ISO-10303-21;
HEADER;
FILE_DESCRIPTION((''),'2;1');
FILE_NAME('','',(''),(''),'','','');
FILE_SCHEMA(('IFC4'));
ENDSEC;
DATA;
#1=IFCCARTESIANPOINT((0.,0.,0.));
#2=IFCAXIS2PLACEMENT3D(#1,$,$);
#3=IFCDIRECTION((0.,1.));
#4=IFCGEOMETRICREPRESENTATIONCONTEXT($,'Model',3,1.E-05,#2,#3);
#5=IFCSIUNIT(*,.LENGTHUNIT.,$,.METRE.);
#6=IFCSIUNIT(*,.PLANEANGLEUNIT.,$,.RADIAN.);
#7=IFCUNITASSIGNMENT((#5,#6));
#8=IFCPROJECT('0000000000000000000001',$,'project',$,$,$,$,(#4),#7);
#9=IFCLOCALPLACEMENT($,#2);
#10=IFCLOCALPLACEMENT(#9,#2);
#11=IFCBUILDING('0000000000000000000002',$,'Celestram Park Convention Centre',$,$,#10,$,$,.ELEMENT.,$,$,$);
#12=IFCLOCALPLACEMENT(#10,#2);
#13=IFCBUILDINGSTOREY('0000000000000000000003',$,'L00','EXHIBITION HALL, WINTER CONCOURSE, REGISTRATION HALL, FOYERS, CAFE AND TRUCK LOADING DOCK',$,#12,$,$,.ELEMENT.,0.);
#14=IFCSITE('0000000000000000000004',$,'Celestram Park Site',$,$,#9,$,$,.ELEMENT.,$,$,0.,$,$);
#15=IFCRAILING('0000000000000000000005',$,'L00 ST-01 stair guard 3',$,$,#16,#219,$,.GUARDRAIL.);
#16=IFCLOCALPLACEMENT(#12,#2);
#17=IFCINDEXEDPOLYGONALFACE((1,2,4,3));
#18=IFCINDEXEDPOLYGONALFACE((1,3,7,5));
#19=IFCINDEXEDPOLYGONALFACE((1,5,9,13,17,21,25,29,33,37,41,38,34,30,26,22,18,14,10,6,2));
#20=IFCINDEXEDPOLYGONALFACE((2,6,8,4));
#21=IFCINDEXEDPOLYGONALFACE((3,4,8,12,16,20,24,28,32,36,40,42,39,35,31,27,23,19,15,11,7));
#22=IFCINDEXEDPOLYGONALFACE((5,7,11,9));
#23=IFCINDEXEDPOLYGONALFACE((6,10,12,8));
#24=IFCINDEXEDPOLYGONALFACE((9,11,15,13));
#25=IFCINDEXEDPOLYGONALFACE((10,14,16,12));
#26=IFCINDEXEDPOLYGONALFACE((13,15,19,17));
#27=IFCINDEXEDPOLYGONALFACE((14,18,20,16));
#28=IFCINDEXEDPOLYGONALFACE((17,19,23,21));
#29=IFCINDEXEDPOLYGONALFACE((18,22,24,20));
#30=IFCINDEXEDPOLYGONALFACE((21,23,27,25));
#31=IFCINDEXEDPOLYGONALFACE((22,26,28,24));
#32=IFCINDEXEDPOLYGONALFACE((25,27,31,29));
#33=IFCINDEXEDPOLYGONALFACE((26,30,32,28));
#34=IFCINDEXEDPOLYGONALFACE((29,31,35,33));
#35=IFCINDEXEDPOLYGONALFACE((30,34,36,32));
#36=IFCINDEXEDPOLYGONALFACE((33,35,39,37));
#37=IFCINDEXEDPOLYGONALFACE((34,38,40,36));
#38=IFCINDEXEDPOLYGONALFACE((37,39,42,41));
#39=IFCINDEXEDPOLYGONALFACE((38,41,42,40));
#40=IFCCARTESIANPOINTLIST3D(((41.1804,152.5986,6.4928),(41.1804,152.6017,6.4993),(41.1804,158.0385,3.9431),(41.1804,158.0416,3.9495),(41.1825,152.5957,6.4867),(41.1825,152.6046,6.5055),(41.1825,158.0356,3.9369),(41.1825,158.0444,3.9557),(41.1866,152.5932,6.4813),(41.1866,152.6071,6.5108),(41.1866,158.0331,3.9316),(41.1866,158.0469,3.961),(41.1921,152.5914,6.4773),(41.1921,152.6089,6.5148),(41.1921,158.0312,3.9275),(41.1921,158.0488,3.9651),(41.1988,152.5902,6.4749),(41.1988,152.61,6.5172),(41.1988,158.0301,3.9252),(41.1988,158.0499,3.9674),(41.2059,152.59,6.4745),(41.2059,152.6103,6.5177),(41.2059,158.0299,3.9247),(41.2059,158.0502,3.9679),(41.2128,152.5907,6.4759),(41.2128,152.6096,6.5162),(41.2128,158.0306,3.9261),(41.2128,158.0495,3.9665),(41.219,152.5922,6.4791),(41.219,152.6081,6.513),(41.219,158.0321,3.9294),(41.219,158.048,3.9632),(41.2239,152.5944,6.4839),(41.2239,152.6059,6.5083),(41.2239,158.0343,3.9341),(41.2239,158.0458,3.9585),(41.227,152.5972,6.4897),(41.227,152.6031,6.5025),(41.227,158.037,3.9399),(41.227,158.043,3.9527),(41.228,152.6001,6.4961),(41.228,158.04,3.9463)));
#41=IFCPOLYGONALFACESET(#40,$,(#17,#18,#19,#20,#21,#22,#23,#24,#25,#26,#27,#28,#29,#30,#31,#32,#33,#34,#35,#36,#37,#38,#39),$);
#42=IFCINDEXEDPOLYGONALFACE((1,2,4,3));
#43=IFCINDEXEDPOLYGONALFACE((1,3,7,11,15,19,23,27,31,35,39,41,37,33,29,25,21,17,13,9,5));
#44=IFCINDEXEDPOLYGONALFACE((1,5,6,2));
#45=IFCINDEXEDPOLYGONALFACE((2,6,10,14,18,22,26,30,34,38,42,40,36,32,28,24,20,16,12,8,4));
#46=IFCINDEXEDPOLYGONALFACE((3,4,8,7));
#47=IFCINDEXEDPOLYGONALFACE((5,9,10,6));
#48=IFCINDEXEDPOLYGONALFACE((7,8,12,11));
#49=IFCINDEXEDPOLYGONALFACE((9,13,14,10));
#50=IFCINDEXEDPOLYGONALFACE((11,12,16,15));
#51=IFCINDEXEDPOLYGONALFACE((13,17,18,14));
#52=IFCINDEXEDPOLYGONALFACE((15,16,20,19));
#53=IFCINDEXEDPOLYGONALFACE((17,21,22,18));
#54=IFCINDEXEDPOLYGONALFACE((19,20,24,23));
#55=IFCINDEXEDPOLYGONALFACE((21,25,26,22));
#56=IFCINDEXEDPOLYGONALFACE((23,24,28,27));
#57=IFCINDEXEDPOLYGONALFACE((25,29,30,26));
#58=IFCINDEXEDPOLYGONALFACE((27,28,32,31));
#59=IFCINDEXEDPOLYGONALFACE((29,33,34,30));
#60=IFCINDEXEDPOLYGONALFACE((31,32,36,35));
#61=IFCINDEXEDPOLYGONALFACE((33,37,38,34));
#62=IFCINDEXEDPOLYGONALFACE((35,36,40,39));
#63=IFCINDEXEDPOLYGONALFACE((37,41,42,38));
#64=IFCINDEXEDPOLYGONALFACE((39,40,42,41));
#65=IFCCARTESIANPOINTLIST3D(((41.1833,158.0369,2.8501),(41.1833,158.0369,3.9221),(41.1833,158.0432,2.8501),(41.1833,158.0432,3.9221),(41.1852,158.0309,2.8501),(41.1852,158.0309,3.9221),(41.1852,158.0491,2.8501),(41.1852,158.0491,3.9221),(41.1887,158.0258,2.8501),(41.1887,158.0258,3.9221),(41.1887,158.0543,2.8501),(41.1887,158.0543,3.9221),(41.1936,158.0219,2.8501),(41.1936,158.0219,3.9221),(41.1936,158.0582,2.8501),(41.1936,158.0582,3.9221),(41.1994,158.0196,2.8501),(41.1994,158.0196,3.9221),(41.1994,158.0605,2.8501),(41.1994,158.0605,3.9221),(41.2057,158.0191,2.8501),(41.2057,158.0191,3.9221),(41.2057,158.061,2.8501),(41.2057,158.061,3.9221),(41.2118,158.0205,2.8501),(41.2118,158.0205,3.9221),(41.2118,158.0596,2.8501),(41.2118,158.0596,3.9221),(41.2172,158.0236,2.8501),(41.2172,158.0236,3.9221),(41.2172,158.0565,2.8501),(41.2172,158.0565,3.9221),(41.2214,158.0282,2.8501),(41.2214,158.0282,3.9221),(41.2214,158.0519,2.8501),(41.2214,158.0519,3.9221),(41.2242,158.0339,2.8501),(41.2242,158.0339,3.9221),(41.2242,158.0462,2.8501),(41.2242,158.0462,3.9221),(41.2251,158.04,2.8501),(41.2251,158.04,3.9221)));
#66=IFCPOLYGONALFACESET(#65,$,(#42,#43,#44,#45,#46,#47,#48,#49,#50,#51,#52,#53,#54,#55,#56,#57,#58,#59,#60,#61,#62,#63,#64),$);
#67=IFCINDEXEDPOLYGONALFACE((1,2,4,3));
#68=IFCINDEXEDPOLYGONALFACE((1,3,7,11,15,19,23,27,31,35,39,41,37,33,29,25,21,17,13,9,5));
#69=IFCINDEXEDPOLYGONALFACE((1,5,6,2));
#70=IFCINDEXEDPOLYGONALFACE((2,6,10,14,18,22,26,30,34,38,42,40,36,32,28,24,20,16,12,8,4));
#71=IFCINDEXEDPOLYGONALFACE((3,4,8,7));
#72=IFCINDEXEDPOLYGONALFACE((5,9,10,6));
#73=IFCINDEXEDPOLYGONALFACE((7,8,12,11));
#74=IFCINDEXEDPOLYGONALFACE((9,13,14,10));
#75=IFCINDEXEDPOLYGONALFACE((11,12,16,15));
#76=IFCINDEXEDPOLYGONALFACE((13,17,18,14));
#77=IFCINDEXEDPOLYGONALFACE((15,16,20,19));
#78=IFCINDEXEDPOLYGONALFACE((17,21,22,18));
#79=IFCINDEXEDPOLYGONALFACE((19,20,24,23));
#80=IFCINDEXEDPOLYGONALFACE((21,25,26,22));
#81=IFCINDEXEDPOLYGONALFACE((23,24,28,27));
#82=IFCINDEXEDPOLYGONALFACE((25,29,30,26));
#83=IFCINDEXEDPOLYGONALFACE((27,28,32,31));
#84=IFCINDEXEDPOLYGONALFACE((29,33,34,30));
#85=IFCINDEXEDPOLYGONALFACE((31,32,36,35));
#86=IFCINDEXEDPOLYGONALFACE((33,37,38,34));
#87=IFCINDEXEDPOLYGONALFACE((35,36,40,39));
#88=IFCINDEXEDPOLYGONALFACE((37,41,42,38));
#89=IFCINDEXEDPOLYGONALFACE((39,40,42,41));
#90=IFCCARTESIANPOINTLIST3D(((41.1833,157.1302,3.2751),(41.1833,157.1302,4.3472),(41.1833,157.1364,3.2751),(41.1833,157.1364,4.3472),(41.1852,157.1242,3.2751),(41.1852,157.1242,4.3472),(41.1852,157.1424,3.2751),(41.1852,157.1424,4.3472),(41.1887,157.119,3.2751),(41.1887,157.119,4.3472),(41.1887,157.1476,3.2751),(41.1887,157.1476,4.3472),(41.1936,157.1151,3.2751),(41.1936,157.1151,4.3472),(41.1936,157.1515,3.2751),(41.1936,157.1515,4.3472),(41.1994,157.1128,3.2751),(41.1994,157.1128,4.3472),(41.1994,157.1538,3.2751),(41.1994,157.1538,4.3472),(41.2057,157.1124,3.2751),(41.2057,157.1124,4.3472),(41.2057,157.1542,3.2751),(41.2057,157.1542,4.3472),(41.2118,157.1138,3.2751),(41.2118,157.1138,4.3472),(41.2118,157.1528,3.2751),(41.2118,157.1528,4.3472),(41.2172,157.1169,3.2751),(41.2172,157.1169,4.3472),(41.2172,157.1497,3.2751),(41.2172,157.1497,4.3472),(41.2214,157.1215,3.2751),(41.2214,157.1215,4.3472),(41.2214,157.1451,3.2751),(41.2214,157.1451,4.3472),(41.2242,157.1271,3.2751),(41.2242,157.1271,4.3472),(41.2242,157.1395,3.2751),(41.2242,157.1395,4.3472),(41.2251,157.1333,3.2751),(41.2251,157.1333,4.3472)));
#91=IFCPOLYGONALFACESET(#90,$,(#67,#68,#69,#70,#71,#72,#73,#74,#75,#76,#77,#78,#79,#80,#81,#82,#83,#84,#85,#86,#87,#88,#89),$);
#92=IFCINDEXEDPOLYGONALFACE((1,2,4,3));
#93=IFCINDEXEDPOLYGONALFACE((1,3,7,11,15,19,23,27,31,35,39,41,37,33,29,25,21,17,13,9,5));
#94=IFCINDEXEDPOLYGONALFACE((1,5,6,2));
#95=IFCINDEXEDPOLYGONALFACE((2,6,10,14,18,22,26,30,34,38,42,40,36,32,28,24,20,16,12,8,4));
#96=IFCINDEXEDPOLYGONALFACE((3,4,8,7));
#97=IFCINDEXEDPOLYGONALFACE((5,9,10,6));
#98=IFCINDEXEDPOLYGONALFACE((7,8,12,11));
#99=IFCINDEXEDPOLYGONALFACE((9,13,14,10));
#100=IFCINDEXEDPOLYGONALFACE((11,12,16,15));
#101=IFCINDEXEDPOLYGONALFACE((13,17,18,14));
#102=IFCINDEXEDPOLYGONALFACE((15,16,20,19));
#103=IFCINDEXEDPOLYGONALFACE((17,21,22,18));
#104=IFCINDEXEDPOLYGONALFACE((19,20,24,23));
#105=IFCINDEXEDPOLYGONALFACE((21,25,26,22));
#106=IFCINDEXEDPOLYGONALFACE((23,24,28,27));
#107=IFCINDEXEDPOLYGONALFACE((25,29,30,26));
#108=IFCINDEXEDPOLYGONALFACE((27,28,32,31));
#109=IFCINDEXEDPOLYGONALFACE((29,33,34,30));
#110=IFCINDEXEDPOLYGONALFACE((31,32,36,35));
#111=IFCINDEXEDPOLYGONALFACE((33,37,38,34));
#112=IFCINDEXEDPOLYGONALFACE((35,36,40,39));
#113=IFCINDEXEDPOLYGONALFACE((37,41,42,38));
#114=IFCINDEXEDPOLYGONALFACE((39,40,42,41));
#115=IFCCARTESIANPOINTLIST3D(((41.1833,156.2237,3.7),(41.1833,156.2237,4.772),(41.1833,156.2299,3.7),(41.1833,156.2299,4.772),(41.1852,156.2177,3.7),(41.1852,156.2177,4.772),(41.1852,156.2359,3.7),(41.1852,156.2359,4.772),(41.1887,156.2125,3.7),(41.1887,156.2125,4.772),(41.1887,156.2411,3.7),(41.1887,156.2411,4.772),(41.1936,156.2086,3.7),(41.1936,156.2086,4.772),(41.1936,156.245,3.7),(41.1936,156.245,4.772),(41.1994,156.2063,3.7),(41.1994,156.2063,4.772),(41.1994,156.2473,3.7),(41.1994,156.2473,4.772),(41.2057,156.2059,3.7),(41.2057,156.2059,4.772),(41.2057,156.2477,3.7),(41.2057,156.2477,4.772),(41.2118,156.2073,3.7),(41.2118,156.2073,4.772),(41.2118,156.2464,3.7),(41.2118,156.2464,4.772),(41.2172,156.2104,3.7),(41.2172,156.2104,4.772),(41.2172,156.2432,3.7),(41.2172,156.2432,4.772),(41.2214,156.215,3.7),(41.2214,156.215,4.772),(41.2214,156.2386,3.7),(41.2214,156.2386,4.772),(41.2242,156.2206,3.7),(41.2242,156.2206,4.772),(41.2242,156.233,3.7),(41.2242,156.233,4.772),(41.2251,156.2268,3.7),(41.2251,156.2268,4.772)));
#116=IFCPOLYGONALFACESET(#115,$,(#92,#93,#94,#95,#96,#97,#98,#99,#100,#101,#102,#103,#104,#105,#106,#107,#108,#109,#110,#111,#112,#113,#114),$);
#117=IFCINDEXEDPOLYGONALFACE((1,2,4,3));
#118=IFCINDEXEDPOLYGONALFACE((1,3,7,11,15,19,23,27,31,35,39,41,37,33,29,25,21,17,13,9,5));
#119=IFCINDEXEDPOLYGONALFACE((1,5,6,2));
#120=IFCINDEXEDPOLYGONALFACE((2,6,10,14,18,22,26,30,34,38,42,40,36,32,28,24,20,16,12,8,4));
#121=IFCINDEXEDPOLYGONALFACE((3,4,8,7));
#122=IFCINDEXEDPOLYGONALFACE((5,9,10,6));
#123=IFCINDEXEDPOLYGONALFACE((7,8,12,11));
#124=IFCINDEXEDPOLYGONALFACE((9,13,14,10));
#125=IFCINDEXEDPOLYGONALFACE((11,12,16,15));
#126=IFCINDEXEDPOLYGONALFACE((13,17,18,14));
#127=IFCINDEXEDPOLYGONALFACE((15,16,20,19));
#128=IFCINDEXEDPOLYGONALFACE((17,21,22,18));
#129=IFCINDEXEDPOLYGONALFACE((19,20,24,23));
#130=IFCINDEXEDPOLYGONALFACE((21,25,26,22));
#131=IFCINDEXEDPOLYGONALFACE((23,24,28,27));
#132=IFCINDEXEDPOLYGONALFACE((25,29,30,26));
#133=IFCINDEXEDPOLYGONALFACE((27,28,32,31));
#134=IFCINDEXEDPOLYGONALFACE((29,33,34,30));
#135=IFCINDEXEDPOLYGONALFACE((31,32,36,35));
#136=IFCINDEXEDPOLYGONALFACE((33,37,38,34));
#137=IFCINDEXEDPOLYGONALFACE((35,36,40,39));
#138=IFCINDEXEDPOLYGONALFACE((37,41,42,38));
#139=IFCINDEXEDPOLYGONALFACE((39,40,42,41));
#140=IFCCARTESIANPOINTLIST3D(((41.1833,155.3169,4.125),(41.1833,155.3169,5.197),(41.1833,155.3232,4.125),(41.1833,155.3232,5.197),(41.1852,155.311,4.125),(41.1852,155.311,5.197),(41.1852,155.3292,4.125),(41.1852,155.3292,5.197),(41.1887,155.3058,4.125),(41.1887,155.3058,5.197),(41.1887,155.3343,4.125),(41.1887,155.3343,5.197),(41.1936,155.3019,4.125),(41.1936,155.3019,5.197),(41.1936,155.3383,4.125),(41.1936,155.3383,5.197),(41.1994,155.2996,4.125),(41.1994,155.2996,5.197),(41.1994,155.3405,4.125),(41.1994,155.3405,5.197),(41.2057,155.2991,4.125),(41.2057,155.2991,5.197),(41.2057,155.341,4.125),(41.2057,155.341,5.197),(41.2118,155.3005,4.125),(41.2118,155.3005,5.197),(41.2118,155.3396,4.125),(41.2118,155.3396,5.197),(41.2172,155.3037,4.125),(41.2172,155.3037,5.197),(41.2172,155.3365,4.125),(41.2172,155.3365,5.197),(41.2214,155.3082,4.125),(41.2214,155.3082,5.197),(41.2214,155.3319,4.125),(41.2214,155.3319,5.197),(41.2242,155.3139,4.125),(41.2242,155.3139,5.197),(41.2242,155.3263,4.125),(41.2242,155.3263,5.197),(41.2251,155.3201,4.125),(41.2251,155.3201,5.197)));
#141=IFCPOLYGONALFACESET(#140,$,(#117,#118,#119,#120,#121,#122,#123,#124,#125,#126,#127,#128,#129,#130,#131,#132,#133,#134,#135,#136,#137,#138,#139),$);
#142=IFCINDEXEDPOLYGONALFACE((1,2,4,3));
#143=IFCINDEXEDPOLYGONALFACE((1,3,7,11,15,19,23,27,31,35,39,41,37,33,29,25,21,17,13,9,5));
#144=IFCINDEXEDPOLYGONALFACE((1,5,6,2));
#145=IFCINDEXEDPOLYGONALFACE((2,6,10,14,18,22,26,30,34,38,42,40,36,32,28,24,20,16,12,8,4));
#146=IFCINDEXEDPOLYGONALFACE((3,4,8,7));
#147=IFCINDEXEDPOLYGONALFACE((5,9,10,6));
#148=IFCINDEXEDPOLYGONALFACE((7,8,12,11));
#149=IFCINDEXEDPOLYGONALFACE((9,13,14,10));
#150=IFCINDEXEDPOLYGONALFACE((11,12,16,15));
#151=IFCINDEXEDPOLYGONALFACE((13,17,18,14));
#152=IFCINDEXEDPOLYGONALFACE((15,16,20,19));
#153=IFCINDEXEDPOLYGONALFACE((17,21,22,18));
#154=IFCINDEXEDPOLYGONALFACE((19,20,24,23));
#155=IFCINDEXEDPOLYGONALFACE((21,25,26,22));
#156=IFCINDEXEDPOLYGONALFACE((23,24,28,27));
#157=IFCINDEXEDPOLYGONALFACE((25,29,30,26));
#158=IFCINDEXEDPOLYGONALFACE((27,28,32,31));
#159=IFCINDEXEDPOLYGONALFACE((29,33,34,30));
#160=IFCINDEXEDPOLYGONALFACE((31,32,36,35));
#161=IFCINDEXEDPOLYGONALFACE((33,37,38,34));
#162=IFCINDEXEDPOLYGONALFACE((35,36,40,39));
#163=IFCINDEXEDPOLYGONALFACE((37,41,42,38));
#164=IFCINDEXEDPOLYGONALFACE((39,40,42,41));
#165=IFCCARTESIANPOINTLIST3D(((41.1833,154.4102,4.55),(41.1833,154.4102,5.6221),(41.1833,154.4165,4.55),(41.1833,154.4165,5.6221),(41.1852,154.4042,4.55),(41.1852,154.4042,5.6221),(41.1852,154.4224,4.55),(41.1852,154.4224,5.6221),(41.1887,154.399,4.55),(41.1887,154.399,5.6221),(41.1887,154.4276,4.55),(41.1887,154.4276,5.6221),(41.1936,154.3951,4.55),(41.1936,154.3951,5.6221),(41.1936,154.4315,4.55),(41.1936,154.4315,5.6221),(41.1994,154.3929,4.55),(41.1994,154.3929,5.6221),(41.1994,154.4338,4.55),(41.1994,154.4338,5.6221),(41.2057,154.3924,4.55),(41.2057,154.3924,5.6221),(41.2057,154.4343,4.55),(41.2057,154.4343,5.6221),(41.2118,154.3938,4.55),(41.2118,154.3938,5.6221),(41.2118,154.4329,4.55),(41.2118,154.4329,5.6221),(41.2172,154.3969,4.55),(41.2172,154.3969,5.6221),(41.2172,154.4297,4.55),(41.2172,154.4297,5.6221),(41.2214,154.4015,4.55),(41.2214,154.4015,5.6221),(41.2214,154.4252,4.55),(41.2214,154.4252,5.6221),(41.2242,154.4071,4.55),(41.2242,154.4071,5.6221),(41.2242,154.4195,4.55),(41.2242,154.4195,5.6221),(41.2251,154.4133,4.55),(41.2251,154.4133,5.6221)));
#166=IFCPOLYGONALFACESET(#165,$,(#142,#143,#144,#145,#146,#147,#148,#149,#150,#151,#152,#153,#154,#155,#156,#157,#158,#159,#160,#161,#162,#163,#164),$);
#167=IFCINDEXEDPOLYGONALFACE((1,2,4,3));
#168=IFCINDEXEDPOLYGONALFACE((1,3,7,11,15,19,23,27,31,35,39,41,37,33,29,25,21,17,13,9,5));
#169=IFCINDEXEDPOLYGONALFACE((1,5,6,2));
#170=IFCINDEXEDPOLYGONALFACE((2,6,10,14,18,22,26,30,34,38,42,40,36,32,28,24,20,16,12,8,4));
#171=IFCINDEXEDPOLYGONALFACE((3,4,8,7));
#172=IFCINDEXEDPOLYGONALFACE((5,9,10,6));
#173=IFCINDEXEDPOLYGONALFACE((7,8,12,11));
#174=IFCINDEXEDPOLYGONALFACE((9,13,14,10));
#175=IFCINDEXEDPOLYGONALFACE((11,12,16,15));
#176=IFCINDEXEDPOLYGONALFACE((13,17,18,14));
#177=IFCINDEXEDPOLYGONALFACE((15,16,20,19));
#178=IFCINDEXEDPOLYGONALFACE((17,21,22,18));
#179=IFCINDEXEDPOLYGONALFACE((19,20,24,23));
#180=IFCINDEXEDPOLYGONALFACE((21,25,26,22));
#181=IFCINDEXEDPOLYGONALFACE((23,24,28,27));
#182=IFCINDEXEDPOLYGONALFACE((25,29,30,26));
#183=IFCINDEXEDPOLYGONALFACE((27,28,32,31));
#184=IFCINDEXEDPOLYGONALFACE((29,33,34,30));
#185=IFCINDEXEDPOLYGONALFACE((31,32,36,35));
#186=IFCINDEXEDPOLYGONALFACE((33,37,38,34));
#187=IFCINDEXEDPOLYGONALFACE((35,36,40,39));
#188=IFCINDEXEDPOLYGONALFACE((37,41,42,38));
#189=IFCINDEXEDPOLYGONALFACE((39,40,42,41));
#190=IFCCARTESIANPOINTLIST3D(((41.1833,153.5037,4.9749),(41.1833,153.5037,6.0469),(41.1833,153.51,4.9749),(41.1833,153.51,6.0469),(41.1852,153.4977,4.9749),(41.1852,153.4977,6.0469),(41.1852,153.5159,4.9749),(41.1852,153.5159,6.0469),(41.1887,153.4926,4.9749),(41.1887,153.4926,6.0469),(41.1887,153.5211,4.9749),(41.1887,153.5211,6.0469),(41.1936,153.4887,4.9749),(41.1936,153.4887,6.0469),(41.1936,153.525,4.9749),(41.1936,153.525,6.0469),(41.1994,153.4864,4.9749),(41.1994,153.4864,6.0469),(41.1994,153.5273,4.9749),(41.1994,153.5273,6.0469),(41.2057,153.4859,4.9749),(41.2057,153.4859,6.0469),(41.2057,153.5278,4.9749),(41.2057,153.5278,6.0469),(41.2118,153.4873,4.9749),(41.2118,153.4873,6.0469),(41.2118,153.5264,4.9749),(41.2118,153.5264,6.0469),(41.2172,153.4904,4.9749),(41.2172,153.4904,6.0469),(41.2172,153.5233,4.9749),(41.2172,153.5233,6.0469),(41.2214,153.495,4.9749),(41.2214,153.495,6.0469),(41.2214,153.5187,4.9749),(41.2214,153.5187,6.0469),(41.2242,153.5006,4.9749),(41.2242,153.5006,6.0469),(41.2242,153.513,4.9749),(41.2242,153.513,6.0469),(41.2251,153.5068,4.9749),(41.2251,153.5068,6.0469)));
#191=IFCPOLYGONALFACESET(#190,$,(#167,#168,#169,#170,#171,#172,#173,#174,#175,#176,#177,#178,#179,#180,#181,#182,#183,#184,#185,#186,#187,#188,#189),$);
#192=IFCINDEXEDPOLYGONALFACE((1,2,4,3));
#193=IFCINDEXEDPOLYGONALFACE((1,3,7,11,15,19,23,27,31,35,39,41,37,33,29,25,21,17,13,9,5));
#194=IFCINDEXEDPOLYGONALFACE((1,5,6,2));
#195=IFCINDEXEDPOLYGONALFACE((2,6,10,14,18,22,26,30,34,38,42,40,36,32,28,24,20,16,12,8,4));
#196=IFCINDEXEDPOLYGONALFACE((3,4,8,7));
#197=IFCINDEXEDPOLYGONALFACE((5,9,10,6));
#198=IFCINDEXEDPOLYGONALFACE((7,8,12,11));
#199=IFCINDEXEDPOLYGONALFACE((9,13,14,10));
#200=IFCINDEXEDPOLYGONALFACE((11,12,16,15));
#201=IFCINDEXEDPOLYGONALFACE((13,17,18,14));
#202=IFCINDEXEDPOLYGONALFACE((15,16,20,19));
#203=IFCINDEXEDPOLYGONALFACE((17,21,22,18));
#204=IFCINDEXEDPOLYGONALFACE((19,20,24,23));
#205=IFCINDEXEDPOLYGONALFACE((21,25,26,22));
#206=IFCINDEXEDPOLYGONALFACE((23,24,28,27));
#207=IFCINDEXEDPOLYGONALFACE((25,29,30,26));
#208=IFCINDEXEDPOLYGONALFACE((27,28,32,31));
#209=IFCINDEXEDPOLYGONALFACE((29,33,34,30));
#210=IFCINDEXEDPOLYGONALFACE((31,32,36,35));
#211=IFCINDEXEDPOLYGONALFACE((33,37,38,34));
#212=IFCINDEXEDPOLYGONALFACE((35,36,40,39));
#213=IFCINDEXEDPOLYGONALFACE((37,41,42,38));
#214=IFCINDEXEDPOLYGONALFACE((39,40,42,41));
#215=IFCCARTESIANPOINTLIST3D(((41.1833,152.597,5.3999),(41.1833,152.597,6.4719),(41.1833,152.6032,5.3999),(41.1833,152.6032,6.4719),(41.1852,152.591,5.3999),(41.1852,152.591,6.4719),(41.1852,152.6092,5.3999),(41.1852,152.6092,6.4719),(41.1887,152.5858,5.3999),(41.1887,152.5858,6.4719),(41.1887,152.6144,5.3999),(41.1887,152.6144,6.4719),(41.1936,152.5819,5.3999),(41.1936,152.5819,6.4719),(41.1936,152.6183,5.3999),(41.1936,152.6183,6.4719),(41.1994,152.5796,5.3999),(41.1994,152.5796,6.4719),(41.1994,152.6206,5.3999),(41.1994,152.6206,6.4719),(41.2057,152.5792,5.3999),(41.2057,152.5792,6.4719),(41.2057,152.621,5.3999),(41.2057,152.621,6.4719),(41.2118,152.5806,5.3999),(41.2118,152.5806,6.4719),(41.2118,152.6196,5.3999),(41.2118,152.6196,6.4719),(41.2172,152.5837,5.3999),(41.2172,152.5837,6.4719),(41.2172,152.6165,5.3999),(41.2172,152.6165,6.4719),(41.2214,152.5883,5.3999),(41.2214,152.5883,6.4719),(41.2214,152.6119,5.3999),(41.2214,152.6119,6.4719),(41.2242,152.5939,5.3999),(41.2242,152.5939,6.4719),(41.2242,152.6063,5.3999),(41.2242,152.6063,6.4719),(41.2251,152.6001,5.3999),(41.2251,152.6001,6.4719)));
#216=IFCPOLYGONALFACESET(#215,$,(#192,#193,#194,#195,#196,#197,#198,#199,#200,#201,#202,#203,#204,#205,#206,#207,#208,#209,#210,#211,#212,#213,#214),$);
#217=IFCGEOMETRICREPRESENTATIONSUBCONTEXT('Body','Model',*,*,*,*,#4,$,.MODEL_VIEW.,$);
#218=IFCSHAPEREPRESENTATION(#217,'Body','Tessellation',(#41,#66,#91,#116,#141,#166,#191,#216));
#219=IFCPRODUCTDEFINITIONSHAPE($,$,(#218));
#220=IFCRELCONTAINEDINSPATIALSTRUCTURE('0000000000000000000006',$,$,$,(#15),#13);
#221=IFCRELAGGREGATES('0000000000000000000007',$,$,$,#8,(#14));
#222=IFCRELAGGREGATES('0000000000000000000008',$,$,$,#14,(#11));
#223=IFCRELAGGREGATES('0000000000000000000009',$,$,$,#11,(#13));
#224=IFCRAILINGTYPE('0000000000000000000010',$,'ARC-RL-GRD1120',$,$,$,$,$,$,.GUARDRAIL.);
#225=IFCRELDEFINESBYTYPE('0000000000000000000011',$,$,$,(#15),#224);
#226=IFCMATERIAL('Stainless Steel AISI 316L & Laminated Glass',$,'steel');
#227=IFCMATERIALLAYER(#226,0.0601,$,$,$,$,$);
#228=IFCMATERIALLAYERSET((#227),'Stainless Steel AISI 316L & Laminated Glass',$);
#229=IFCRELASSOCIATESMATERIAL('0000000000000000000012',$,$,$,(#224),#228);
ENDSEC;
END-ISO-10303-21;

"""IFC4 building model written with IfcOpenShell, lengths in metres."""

from ifc_helpers import new_model, si_unit, direction, frame, origin, origin_2d, place, context, subcontext, project, spatial, circle, extrude, material, layer, layer_set, type_object, element, save


model = new_model("IFC4")

# Units and contexts
model_context = context("Model", 3, precision=1e-05, world=origin(), true_north=direction((0.0, 1.0)))
body_context = subcontext(model_context, "Body", "Model", "MODEL_VIEW")
ifc_project = project(units=[si_unit("LENGTHUNIT", "METRE"), si_unit("PLANEANGLEUNIT", "RADIAN")], contexts=[model_context])

# Site, building, storey
site_placement = place(None, origin())
site = spatial("IfcSite", under=ifc_project, at=site_placement, Name="Celestram Park Site", CompositionType="ELEMENT", RefElevation=0.0)
building_placement = place(site_placement, origin())
building = spatial("IfcBuilding", under=site, at=building_placement, Name="Celestram Park Convention Centre", CompositionType="ELEMENT")
storey_placement = place(building_placement, origin())
storey = spatial("IfcBuildingStorey", under=building, at=storey_placement, Name="L00", Description="EXHIBITION HALL, WINTER CONCOURSE, REGISTRATION HALL, FOYERS, CAFE AND TRUCK LOADING DOCK", CompositionType="ELEMENT", Elevation=0.0)

# Railing
ifc_material_1 = material(Name="Stainless Steel AISI 316L & Laminated Glass", Category="steel")
ifc_layer_1 = layer(ifc_material_1, 0.0601)
ifc_layer_set_1 = layer_set([ifc_layer_1], Name="Stainless Steel AISI 316L & Laminated Glass")
railing_type_1 = type_object("IfcRailingType", Name="ARC-RL-GRD1120", PredefinedType="GUARDRAIL", material=ifc_layer_set_1)
railing_1_placement = place(storey_placement, frame((41.2041, 158.04, 2.8501)))
element("IfcRailing", 1, at=railing_1_placement, inside=storey, type_object=railing_type_1, Name="L00 ST-01 stair guard 3", PredefinedType="GUARDRAIL", context=body_context, shape_type="SweptSolid", body=[
    extrude(circle(Radius=0.0239, at=origin_2d()), frame((0.0, 0.0, 1.0962), z_axis=(0.0, -0.90547, 0.424411), x_axis=(1.0, 0.0, 0.0)), (0.0, 0.0, 1.0), 6.0078),
    extrude(circle(Radius=0.021, at=origin_2d()), origin(), (0.0, 0.0, 1.0), 1.072),
    extrude(circle(Radius=0.021, at=origin_2d()), frame((0.0, -0.9067, 0.425)), (0.0, 0.0, 1.0), 1.072),
    extrude(circle(Radius=0.021, at=origin_2d()), frame((0.0, -1.8132, 0.8499)), (0.0, 0.0, 1.0), 1.072),
    extrude(circle(Radius=0.021, at=origin_2d()), frame((0.0, -2.72, 1.2749)), (0.0, 0.0, 1.0), 1.072),
    extrude(circle(Radius=0.021, at=origin_2d()), frame((0.0, -3.6267, 1.7)), (0.0, 0.0, 1.0), 1.072),
    extrude(circle(Radius=0.021, at=origin_2d()), frame((0.0, -4.5332, 2.1248)), (0.0, 0.0, 1.0), 1.072),
    extrude(circle(Radius=0.021, at=origin_2d()), frame((0.0, -5.4399, 2.5498)), (0.0, 0.0, 1.0), 1.072),
])

save(model, "model.ifc")
